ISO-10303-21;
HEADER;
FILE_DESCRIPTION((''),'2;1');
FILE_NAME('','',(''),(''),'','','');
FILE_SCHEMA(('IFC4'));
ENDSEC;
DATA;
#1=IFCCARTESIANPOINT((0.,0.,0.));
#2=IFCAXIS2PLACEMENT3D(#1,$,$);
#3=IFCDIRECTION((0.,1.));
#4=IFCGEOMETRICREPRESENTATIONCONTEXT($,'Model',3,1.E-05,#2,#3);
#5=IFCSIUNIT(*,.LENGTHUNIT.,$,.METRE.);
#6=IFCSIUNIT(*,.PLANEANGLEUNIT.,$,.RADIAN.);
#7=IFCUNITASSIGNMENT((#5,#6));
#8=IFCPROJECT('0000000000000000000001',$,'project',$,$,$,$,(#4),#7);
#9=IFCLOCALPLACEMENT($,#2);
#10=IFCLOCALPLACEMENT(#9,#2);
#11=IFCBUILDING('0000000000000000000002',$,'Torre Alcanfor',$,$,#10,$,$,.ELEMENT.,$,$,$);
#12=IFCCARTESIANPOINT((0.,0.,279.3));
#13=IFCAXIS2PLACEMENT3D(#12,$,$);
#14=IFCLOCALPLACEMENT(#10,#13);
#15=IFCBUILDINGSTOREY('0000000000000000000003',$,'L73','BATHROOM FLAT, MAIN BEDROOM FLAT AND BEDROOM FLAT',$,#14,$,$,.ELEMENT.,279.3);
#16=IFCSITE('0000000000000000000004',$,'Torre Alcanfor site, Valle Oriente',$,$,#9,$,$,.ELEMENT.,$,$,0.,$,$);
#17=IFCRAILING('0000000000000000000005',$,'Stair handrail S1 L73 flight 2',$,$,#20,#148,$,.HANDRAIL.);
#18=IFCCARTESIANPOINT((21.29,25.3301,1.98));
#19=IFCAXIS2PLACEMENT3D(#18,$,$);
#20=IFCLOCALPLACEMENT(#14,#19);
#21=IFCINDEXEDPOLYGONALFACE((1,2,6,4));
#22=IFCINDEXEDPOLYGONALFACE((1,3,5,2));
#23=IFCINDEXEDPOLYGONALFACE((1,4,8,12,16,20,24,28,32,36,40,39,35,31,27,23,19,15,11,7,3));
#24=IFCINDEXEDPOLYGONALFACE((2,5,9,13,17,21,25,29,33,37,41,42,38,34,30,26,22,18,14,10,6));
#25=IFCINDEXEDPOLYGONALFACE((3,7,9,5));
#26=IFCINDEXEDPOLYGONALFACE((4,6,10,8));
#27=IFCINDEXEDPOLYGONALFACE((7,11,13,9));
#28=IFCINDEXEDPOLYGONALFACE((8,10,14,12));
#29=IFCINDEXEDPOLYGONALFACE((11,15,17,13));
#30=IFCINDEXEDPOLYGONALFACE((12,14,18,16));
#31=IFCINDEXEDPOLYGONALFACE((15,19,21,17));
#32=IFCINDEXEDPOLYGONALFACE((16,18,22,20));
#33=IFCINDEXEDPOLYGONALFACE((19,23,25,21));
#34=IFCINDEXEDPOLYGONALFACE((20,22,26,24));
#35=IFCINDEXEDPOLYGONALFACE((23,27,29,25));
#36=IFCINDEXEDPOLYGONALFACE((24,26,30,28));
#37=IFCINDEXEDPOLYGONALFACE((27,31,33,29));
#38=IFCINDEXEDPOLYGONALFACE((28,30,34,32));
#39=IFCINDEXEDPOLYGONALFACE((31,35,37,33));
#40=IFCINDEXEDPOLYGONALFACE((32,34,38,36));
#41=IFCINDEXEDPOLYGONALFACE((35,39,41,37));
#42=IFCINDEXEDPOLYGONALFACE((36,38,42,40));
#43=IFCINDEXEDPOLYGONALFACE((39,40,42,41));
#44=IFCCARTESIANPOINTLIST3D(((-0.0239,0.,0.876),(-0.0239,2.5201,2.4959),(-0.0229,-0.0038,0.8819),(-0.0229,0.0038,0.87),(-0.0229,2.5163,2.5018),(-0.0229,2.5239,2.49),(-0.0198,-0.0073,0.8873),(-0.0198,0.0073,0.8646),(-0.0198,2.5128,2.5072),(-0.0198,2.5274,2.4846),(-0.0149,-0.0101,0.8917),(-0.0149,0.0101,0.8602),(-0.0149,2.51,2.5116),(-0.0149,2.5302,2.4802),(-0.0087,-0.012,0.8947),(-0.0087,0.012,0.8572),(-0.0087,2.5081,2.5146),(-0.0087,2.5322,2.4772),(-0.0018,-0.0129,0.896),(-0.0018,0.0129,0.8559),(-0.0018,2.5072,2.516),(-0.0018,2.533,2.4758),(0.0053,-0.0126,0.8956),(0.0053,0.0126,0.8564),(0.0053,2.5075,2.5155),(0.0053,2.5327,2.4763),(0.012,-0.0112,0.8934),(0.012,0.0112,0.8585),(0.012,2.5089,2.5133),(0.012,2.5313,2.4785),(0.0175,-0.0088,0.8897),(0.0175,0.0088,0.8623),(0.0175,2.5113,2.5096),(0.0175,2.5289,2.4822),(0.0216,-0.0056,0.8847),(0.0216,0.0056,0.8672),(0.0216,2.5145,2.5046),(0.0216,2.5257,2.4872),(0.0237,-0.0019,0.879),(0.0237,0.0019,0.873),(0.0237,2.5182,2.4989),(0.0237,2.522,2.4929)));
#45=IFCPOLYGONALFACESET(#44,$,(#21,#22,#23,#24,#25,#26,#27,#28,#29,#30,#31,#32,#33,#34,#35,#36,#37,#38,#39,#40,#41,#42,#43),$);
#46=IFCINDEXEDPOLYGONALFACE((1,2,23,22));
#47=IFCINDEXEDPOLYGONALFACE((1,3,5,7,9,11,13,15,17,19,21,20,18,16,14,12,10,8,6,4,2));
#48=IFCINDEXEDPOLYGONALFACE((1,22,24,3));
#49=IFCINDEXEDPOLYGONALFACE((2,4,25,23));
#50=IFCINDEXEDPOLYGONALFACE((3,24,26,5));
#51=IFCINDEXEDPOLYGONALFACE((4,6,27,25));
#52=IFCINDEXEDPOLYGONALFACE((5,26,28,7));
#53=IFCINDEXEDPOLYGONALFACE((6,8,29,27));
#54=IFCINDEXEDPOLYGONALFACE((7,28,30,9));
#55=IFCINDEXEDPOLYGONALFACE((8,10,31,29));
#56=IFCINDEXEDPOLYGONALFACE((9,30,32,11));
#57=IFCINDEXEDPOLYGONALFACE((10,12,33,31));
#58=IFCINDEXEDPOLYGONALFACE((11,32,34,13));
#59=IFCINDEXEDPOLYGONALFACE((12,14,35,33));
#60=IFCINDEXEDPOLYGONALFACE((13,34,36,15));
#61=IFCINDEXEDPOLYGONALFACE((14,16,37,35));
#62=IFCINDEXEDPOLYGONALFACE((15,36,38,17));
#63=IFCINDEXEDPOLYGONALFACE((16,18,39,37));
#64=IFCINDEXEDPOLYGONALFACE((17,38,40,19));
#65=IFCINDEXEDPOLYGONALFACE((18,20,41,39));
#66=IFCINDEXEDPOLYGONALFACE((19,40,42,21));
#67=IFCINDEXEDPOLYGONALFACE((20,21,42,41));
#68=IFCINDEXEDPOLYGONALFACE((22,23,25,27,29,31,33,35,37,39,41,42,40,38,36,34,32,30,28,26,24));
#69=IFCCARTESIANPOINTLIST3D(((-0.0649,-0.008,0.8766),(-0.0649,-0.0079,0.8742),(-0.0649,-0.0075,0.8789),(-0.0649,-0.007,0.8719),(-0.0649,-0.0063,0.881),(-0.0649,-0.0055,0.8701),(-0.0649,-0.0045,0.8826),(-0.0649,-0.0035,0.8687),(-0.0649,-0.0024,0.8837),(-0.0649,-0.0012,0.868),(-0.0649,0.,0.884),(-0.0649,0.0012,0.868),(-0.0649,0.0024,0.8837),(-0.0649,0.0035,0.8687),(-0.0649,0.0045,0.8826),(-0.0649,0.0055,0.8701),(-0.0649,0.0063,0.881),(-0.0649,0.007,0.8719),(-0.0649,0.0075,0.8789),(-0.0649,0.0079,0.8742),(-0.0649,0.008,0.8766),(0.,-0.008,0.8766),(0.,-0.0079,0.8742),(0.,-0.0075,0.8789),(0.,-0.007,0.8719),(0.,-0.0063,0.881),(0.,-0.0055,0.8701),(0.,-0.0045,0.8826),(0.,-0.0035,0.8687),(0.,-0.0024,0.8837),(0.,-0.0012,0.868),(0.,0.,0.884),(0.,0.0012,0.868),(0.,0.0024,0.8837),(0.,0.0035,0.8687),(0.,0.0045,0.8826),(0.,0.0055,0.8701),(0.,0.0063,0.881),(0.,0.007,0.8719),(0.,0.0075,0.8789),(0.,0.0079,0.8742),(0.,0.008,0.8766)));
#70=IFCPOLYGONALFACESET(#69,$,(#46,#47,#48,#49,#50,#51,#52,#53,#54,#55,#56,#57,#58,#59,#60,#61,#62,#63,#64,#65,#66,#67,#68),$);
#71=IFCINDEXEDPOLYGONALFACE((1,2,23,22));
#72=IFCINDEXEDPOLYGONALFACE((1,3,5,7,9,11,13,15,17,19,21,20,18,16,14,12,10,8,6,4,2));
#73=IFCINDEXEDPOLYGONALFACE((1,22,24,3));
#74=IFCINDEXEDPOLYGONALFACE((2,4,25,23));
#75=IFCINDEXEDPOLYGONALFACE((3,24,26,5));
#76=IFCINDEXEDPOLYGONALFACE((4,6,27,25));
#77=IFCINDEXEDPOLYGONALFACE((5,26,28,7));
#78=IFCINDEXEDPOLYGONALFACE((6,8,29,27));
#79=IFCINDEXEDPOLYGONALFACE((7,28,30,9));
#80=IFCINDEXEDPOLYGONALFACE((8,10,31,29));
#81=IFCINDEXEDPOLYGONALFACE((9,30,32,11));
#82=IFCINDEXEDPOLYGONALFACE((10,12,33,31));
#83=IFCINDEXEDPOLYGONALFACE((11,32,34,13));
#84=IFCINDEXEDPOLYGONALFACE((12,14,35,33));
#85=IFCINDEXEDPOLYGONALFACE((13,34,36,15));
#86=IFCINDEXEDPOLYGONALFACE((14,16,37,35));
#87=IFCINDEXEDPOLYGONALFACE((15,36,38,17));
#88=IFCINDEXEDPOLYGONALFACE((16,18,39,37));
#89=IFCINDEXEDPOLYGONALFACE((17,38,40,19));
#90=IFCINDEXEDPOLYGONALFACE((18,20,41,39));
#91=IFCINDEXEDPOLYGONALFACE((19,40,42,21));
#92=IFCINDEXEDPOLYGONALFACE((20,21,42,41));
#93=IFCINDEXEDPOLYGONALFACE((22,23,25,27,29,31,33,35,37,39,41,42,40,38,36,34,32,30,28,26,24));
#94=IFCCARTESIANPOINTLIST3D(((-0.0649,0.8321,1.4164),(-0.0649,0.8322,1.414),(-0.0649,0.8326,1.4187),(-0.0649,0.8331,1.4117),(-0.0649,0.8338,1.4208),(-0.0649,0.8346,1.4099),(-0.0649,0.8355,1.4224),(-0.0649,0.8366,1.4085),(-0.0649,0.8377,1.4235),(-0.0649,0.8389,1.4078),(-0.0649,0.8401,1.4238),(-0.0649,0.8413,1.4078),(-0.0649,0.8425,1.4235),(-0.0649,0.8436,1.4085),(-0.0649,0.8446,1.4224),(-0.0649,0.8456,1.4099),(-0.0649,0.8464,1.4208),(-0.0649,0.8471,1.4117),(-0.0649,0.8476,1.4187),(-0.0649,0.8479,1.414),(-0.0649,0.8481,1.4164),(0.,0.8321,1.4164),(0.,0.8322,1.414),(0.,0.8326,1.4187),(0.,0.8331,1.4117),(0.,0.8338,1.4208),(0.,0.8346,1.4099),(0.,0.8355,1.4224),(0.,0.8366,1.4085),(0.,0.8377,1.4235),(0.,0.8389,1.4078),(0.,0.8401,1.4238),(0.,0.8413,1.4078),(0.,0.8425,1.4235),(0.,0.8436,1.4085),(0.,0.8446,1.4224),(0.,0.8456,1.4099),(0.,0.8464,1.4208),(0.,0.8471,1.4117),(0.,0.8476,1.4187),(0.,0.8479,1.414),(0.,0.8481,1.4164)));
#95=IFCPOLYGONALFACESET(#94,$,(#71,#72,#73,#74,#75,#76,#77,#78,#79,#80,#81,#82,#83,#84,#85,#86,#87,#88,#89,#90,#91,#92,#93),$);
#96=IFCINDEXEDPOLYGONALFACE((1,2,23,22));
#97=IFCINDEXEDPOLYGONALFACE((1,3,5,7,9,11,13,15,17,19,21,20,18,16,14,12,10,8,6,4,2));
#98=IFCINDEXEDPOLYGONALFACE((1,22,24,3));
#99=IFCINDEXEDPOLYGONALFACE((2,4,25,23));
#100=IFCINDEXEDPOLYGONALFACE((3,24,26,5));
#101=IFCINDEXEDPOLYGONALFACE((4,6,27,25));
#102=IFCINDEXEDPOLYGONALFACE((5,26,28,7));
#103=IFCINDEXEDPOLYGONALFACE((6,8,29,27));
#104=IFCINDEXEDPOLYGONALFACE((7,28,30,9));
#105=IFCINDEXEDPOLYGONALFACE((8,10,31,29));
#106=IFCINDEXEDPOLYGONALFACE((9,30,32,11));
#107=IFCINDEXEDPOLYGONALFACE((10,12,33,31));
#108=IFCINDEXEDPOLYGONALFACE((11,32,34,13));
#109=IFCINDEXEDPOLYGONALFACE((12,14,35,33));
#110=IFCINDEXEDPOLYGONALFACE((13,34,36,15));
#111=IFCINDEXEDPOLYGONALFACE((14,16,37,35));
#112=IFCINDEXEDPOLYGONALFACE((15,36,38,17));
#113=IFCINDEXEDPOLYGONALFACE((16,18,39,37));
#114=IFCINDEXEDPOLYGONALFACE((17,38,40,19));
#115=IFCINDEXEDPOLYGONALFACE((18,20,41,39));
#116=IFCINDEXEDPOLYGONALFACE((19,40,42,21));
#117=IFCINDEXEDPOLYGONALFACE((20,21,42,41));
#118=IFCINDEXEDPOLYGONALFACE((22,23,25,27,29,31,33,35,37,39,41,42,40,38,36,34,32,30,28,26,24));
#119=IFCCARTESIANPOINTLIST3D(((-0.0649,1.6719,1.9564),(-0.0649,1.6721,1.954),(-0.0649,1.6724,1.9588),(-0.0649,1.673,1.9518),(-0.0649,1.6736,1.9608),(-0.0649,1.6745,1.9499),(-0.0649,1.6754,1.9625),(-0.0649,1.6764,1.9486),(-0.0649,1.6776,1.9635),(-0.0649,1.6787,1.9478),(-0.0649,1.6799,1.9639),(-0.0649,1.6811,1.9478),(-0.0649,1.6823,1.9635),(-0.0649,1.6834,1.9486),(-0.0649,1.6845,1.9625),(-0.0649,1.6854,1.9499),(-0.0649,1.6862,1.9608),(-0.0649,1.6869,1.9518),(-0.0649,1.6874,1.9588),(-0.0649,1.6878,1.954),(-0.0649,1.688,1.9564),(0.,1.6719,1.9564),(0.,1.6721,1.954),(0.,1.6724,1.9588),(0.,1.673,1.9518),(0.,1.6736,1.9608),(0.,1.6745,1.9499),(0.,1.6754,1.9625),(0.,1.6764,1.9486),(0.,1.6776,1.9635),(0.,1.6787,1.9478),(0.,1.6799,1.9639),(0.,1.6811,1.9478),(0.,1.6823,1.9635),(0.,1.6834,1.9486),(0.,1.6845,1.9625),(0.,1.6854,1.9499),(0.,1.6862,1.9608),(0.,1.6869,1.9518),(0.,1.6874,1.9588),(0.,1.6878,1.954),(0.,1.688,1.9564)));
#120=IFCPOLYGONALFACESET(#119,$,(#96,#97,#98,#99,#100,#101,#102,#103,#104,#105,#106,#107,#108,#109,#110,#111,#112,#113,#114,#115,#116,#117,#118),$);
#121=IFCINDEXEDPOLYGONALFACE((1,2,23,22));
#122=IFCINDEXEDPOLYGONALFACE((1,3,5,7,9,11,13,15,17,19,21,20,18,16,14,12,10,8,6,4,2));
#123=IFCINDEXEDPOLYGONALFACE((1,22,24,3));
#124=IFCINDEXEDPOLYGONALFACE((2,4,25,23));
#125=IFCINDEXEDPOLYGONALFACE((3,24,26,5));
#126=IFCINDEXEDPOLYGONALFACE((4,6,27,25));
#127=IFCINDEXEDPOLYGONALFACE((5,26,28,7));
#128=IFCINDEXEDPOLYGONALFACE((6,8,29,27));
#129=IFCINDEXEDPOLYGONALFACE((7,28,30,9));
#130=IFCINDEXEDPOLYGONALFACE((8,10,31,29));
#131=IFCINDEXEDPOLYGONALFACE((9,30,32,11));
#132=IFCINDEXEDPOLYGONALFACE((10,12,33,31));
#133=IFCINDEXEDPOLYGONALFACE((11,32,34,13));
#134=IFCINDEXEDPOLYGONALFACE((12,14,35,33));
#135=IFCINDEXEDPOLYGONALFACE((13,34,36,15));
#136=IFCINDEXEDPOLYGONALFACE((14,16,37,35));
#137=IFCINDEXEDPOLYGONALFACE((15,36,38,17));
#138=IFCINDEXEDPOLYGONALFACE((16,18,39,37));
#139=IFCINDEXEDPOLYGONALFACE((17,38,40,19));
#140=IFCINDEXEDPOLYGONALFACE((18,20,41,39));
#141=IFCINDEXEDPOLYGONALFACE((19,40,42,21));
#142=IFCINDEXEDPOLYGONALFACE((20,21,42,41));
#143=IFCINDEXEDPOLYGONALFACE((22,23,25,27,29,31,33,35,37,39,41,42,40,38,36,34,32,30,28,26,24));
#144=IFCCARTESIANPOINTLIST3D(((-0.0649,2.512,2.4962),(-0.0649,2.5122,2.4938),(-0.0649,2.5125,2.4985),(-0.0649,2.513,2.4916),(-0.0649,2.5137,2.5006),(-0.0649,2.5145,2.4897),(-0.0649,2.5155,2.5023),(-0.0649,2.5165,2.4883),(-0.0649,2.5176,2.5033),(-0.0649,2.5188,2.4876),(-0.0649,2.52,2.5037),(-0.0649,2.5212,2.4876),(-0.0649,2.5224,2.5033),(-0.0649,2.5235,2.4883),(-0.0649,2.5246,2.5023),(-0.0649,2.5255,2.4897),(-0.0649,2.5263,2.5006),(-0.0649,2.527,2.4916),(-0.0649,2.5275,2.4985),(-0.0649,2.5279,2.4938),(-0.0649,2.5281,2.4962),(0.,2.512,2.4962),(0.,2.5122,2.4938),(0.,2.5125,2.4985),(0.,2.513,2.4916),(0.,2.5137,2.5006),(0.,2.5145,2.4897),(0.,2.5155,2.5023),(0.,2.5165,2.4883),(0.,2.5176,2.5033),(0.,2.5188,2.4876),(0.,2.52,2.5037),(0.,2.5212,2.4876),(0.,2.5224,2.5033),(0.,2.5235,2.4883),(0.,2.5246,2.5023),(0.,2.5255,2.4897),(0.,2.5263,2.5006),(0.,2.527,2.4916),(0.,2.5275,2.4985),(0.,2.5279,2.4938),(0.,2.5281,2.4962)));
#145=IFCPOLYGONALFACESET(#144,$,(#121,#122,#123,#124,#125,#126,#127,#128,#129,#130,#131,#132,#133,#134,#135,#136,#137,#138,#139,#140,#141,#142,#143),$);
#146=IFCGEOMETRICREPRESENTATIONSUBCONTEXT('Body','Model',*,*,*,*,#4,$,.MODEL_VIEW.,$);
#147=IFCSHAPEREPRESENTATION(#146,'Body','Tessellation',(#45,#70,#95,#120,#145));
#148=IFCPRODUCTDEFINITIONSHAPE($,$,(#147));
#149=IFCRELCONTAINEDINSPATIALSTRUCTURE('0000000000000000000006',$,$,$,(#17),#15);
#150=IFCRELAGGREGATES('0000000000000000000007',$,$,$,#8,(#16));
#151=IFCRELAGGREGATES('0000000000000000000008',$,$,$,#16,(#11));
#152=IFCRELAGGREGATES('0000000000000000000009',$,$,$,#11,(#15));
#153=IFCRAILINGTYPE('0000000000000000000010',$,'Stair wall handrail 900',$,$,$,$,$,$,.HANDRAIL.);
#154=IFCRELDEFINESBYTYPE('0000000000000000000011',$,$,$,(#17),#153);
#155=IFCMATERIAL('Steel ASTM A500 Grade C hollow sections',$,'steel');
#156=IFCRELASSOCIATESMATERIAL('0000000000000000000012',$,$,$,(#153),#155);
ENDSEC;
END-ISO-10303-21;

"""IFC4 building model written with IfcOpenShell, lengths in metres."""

from ifc_helpers import new_model, si_unit, direction, frame, origin, origin_2d, place, context, subcontext, project, spatial, circle, extrude, material, type_object, element, save


model = new_model("IFC4")

# Units and contexts
model_context = context("Model", 3, precision=1e-05, world=origin(), true_north=direction((0.0, 1.0)))
body_context = subcontext(model_context, "Body", "Model", "MODEL_VIEW")
ifc_project = project(units=[si_unit("LENGTHUNIT", "METRE"), si_unit("PLANEANGLEUNIT", "RADIAN")], contexts=[model_context])

# Site, building, storey
site_placement = place(None, origin())
site = spatial("IfcSite", under=ifc_project, at=site_placement, Name="Torre Alcanfor site, Valle Oriente", CompositionType="ELEMENT", RefElevation=0.0)
building_placement = place(site_placement, origin())
building = spatial("IfcBuilding", under=site, at=building_placement, Name="Torre Alcanfor", CompositionType="ELEMENT")
storey_placement = place(building_placement, frame((0.0, 0.0, 279.3)))
storey = spatial("IfcBuildingStorey", under=building, at=storey_placement, Name="L73", Description="BATHROOM FLAT, MAIN BEDROOM FLAT AND BEDROOM FLAT", CompositionType="ELEMENT", Elevation=279.3)

# Railing
ifc_material_1 = material(Name="Steel ASTM A500 Grade C hollow sections", Category="steel")
railing_type_1 = type_object("IfcRailingType", Name="Stair wall handrail 900", PredefinedType="HANDRAIL", material=ifc_material_1)
railing_1_placement = place(storey_placement, frame((21.29, 25.3301, 1.98)))
element("IfcRailing", 1, at=railing_1_placement, inside=storey, type_object=railing_type_1, Name="Stair handrail S1 L73 flight 2", PredefinedType="HANDRAIL", context=body_context, shape_type="SweptSolid", body=[
    extrude(circle(Radius=0.0239, at=origin_2d()), frame((0.0, 0.0, 0.876), z_axis=(0.0, 0.8412, 0.540725), x_axis=(-1.0, 0.0, 0.0)), (0.0, 0.0, 1.0), 2.9958),
    extrude(circle(Radius=0.0081, at=origin_2d()), frame((0.0, 0.0, 0.876), z_axis=(-1.0, 0.0, 0.0), x_axis=(0.0, 0.0, 1.0)), (0.0, 0.0, 1.0), 0.0649),
    extrude(circle(Radius=0.0081, at=origin_2d()), frame((0.0, 0.8401, 1.4158), z_axis=(-1.0, 0.0, 0.0), x_axis=(0.0, 0.0, 1.0)), (0.0, 0.0, 1.0), 0.0649),
    extrude(circle(Radius=0.0081, at=origin_2d()), frame((0.0, 1.6799, 1.9558), z_axis=(-1.0, 0.0, 0.0), x_axis=(0.0, 0.0, 1.0)), (0.0, 0.0, 1.0), 0.0649),
    extrude(circle(Radius=0.0081, at=origin_2d()), frame((0.0, 2.52, 2.4956), z_axis=(-1.0, 0.0, 0.0), x_axis=(0.0, 0.0, 1.0)), (0.0, 0.0, 1.0), 0.0649),
])

save(model, "model.ifc")
